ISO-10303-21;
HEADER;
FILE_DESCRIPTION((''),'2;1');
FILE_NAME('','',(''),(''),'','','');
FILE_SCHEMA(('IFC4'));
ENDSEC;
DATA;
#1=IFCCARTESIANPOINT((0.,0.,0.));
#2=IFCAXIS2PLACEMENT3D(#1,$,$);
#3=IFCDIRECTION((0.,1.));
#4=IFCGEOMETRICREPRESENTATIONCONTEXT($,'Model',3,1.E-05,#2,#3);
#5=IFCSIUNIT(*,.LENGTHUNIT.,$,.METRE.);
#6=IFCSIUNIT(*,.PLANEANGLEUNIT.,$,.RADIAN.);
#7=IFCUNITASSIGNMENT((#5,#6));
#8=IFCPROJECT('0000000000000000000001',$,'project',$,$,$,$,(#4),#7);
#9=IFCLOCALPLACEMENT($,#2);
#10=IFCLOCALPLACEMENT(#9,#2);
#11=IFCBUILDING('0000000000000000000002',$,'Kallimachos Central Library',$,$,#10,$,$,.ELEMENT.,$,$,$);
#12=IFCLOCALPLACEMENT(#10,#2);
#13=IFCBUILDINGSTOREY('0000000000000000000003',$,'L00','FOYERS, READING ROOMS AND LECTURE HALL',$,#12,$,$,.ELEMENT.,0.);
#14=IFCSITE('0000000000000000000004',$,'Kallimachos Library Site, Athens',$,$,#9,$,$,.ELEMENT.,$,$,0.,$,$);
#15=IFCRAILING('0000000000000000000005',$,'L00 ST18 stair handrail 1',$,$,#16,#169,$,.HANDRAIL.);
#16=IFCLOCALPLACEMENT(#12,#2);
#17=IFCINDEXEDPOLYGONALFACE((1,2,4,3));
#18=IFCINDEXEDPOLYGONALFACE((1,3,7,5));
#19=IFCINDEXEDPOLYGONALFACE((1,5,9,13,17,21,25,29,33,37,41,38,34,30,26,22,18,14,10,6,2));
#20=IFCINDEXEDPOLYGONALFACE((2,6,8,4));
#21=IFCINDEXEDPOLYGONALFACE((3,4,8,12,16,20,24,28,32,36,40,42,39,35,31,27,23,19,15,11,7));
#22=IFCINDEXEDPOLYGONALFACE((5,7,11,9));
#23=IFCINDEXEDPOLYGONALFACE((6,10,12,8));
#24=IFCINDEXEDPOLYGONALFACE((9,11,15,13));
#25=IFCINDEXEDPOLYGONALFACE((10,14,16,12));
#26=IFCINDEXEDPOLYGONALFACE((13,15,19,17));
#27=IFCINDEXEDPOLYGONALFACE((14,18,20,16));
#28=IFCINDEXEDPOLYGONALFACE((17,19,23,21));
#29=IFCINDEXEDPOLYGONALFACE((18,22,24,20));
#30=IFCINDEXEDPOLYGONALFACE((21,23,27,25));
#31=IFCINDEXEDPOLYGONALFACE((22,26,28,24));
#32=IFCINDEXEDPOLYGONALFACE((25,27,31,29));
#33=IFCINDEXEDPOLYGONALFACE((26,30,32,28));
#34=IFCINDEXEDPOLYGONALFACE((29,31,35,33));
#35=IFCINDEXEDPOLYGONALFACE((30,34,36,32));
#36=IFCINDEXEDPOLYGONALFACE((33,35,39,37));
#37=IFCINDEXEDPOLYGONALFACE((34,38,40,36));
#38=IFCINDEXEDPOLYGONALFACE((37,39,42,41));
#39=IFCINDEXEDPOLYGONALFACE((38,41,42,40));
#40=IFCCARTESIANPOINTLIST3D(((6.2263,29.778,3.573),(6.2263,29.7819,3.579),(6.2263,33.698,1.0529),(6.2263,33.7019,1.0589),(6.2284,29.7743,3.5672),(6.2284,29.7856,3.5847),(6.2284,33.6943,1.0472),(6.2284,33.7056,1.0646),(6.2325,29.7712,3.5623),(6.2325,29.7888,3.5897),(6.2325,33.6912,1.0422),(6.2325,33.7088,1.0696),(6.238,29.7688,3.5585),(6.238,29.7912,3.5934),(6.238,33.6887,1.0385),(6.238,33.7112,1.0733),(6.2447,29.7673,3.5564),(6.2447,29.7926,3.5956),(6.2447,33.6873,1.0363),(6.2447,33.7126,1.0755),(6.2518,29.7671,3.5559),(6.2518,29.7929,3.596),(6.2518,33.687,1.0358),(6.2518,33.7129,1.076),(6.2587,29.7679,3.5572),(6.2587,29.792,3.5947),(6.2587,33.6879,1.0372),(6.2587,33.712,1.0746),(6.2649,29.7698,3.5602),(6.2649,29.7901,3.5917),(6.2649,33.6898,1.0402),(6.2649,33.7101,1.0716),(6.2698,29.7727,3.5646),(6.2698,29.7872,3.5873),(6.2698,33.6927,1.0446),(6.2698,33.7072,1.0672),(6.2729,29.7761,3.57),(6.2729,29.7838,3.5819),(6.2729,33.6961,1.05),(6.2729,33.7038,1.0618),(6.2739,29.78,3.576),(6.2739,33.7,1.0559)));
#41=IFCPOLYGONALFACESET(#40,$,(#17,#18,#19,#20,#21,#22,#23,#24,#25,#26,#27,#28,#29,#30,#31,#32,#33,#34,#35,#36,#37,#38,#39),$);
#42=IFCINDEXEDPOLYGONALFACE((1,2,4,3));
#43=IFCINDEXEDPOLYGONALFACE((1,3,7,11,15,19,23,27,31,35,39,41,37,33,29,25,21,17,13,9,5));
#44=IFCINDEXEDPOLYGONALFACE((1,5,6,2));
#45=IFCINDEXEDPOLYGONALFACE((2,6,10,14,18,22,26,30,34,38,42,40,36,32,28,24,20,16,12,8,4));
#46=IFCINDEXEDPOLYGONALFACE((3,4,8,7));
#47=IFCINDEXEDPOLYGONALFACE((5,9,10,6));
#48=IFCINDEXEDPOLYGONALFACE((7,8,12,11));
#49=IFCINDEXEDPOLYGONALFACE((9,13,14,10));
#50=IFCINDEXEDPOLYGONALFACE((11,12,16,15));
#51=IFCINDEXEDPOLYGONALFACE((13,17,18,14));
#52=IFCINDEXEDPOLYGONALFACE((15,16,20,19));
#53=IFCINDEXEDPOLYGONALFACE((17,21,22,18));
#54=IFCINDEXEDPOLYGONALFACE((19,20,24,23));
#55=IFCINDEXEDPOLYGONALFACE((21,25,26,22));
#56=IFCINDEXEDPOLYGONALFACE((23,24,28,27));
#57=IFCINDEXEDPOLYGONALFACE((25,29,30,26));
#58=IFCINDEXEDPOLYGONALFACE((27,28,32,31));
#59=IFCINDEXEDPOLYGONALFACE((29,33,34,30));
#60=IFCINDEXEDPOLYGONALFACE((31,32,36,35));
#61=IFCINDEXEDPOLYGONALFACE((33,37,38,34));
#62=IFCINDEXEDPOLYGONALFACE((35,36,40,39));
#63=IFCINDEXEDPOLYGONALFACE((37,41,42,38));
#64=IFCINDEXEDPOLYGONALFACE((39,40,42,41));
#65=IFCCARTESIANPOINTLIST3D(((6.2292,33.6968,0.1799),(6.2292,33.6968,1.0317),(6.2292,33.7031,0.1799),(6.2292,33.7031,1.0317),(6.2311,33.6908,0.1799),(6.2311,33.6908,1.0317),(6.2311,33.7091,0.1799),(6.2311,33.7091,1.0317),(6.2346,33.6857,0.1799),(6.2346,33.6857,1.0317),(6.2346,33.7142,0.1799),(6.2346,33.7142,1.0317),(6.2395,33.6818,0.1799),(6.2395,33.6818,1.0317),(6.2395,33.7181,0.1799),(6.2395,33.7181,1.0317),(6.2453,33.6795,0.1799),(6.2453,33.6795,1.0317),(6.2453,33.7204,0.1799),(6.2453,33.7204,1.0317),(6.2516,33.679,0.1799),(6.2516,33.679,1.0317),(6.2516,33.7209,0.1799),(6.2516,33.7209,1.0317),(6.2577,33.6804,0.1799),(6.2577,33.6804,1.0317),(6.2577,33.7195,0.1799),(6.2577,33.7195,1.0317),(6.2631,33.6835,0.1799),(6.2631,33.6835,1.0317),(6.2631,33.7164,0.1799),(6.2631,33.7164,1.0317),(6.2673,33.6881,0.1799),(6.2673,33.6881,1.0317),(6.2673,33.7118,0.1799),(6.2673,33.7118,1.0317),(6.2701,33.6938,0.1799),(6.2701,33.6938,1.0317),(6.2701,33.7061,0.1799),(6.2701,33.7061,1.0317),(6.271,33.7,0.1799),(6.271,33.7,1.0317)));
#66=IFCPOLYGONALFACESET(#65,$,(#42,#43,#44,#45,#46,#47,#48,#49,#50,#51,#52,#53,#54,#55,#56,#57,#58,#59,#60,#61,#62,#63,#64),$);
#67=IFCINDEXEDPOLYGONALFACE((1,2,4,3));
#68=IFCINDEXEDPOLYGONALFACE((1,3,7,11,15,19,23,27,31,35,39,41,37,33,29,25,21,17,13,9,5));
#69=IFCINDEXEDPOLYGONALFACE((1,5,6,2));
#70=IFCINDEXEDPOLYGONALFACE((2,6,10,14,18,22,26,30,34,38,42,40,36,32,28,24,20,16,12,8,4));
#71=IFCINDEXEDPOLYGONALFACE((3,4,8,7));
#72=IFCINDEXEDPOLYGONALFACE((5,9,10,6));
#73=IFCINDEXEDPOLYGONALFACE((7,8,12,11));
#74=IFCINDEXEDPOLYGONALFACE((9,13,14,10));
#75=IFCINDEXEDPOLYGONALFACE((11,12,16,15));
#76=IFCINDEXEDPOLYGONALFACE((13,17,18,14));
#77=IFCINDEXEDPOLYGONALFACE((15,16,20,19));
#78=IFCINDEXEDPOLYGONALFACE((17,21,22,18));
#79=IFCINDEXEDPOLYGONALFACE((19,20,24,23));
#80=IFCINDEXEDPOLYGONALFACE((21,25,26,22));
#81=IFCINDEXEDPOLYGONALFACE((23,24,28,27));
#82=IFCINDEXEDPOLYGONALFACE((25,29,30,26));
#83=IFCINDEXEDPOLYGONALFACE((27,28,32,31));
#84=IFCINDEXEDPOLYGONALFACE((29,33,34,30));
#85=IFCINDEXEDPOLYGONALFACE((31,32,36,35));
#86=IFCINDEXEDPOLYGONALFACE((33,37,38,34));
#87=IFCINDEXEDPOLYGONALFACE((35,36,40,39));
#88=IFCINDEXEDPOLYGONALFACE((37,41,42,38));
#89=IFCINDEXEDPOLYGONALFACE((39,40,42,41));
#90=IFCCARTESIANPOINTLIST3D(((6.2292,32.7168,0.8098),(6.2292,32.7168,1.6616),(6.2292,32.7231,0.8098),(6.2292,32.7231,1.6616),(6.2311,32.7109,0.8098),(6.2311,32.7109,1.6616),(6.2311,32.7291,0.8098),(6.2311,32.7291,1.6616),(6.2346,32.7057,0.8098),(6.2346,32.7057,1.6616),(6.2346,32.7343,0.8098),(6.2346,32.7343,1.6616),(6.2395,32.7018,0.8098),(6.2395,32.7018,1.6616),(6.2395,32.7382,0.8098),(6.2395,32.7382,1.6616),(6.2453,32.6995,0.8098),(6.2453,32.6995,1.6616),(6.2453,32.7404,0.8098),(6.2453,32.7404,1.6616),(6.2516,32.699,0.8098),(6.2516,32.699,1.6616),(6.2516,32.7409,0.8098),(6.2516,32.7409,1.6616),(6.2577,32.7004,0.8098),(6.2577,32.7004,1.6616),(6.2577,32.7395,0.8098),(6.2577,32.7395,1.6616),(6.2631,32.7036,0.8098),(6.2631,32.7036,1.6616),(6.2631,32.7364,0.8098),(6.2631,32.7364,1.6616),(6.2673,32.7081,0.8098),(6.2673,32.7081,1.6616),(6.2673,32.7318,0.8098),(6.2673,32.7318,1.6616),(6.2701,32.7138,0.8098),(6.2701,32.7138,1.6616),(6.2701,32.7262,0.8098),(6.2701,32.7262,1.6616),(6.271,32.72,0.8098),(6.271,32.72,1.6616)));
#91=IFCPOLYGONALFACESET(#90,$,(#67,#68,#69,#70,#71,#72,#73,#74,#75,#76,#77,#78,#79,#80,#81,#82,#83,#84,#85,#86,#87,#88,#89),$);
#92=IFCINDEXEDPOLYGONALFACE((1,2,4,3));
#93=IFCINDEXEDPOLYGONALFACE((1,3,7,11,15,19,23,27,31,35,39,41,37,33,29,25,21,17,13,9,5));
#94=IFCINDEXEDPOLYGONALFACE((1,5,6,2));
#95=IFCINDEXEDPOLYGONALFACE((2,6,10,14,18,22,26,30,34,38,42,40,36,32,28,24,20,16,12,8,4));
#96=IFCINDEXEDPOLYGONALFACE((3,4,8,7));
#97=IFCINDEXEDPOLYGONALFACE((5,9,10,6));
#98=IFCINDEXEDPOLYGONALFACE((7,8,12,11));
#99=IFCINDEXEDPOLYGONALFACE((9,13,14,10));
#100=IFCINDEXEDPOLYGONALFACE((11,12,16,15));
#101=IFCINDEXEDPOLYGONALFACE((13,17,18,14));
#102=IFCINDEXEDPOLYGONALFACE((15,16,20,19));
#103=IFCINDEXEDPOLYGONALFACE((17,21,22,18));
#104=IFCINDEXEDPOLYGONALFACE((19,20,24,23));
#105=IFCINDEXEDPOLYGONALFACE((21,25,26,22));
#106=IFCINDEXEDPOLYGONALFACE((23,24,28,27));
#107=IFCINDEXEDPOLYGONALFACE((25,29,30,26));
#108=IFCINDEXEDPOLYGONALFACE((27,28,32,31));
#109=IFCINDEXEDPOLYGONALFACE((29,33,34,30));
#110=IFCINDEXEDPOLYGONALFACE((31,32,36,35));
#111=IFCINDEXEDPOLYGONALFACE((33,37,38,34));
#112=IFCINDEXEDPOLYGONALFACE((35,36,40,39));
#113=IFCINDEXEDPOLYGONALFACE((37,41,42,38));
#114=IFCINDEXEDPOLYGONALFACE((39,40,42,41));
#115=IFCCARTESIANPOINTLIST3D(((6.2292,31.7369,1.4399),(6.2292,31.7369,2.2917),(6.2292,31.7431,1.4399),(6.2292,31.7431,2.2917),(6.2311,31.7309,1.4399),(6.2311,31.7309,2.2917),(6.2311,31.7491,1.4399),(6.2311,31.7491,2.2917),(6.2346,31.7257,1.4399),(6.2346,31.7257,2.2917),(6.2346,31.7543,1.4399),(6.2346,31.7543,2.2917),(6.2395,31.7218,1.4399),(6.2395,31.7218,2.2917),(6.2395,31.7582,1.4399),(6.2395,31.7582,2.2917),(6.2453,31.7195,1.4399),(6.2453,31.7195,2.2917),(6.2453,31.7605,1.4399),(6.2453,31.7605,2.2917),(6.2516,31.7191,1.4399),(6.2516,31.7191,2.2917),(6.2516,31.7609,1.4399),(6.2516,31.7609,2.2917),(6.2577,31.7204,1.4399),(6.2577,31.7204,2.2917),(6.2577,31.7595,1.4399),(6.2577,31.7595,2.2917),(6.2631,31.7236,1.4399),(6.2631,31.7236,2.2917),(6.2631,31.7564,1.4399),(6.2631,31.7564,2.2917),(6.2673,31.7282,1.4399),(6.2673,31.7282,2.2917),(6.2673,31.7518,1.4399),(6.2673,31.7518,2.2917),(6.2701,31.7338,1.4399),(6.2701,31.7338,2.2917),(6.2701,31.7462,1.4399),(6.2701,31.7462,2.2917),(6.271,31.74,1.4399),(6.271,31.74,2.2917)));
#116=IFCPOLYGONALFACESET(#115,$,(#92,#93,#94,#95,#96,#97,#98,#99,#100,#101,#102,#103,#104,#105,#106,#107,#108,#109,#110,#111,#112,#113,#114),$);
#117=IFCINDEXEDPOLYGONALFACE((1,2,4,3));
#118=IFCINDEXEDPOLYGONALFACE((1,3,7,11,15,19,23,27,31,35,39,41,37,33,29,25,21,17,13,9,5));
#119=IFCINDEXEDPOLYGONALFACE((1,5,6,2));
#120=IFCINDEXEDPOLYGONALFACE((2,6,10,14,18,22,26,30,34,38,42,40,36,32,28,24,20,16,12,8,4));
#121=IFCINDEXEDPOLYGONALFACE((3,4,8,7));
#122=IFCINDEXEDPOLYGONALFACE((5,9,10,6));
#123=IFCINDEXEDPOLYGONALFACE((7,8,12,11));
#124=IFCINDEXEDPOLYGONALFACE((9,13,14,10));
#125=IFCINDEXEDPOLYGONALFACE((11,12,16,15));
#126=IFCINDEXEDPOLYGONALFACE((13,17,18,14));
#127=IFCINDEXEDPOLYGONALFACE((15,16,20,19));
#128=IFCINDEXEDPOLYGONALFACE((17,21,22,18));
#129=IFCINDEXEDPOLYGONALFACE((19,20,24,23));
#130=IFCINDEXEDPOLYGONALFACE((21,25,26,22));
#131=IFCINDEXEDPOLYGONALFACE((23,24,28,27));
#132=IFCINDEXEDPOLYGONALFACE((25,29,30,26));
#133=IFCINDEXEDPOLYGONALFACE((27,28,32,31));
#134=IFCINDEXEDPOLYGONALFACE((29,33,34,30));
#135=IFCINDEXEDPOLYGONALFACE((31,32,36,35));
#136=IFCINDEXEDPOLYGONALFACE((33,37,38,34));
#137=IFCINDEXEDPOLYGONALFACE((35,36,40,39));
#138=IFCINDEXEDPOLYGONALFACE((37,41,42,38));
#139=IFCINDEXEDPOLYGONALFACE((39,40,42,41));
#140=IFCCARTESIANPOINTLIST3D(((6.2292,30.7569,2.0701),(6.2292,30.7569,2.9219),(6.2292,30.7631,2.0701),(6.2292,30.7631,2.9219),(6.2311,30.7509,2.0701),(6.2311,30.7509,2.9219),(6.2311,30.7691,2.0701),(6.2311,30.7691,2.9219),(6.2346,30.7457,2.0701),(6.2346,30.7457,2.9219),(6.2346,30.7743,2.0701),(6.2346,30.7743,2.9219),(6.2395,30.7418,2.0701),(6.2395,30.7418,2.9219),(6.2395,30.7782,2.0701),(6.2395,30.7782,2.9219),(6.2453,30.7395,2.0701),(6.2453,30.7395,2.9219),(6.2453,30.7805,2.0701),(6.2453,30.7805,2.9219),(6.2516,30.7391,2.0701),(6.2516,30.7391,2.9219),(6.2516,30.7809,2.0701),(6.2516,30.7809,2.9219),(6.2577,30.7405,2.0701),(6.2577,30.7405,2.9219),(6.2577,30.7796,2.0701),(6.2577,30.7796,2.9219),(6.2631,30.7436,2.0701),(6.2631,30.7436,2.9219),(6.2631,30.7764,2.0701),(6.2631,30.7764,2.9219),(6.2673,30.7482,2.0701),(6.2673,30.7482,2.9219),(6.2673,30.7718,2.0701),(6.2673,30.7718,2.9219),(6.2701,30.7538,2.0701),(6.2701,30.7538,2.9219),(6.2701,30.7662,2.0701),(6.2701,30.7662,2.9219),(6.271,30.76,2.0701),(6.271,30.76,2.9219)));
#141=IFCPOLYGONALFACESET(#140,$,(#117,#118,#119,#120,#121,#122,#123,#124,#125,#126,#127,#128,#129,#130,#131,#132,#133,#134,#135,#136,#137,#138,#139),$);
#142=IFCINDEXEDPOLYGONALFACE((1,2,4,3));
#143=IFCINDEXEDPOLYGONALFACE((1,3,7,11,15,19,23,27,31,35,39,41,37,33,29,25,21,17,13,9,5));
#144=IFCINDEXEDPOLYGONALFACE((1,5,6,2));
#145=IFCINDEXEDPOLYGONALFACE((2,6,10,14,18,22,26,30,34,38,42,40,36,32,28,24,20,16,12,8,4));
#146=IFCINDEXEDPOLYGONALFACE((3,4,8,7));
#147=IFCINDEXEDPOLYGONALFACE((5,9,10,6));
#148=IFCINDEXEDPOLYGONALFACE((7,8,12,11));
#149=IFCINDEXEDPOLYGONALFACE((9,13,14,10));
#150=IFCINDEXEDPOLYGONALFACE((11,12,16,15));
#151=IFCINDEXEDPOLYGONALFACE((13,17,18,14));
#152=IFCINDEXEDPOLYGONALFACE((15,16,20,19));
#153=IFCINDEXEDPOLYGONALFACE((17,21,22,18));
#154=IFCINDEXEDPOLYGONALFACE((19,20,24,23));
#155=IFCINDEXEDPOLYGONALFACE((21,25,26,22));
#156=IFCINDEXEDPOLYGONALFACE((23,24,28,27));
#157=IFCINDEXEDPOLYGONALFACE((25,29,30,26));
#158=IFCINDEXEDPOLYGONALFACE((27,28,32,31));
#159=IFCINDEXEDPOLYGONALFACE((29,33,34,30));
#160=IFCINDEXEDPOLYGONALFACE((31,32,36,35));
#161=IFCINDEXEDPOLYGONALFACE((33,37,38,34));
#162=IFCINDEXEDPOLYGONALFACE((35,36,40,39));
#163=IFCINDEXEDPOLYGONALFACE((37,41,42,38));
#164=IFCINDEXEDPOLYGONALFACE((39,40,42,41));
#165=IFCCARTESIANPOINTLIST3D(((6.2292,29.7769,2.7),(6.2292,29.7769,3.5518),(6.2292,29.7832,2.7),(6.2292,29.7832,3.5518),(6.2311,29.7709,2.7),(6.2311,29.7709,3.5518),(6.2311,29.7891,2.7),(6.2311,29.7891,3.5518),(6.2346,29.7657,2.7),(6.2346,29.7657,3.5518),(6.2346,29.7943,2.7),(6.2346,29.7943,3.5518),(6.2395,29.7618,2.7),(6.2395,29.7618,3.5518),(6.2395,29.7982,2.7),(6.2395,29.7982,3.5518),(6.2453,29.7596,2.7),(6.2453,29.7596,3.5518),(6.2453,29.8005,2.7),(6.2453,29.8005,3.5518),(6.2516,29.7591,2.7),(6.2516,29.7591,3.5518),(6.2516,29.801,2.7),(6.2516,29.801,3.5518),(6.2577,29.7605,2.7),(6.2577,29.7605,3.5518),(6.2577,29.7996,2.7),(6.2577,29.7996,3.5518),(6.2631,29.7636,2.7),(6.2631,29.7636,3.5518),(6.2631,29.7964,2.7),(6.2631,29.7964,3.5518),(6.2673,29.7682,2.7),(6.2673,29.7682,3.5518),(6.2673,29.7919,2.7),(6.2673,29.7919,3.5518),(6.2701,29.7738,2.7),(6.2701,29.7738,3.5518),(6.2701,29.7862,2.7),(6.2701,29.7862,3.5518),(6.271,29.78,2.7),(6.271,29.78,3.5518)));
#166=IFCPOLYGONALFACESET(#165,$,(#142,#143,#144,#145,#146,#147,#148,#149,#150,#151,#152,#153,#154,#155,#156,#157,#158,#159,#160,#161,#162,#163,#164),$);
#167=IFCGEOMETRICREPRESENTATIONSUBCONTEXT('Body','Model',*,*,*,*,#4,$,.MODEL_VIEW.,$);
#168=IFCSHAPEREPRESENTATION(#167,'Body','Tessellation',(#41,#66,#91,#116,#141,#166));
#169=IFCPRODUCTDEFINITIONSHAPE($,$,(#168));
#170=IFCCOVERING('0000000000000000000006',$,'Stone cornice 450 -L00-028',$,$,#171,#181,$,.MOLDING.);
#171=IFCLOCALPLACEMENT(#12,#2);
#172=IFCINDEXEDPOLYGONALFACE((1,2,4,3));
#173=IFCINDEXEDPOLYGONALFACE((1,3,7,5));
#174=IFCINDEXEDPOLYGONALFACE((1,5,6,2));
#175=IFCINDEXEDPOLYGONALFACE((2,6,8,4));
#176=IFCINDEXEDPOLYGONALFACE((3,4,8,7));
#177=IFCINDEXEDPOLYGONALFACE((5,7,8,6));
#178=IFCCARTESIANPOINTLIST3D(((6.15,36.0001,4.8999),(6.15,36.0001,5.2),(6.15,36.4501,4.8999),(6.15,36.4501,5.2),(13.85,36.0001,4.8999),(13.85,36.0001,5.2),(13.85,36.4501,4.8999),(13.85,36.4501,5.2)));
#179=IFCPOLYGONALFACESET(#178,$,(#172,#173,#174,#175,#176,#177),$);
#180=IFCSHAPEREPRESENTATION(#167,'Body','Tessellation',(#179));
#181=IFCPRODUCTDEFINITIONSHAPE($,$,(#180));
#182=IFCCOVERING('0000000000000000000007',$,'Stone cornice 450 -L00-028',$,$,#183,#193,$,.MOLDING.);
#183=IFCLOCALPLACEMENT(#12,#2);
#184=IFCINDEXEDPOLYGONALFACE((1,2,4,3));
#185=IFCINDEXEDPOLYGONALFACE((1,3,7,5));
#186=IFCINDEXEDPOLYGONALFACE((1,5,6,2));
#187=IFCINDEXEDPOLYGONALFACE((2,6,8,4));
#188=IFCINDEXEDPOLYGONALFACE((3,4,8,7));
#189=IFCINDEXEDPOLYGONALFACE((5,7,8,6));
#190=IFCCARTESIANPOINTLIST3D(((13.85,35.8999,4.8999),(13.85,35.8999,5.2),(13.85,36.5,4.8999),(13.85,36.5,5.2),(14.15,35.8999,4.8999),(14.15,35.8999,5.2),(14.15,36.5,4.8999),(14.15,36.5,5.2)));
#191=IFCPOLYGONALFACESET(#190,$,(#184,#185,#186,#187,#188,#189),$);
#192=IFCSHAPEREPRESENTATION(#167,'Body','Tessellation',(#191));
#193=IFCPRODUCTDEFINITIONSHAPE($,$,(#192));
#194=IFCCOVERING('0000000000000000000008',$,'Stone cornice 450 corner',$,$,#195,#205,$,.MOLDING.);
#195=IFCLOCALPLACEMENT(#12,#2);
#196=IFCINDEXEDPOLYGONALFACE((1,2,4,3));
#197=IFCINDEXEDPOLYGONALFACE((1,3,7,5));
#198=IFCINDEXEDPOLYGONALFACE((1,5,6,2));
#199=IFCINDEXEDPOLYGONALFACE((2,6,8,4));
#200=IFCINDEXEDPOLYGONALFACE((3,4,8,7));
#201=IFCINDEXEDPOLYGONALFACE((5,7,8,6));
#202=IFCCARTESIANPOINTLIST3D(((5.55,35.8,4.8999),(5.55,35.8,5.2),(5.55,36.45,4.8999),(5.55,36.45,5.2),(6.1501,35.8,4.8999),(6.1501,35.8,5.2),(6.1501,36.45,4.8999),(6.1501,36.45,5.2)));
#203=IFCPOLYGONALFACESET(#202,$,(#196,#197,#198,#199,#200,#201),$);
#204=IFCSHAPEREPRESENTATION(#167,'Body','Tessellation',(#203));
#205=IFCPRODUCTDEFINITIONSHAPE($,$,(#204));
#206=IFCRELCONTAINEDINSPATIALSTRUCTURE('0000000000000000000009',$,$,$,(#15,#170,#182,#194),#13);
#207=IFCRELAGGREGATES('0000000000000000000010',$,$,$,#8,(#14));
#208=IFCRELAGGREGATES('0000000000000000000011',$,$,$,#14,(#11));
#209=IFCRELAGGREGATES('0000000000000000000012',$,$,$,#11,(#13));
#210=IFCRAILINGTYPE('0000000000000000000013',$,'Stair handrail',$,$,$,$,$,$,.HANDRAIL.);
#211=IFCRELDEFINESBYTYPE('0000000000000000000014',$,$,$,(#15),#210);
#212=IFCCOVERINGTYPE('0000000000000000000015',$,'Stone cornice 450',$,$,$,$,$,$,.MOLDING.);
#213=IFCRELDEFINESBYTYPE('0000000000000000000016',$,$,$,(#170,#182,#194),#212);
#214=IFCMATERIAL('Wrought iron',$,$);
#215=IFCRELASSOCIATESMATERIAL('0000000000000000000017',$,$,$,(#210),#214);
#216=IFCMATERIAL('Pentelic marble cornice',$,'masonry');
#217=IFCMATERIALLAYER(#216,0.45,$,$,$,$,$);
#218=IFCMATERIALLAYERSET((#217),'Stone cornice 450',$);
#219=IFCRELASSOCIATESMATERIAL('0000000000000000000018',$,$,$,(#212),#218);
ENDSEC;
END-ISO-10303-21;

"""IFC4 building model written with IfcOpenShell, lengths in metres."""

from ifc_helpers import new_model, si_unit, direction, frame, origin, origin_2d, place, context, subcontext, project, spatial, rectangle, circle, extrude, material, layer, layer_set, type_object, element, save


model = new_model("IFC4")

# Units and contexts
model_context = context("Model", 3, precision=1e-05, world=origin(), true_north=direction((0.0, 1.0)))
body_context = subcontext(model_context, "Body", "Model", "MODEL_VIEW")
ifc_project = project(units=[si_unit("LENGTHUNIT", "METRE"), si_unit("PLANEANGLEUNIT", "RADIAN")], contexts=[model_context])

# Site, building, storey
site_placement = place(None, origin())
site = spatial("IfcSite", under=ifc_project, at=site_placement, Name="Kallimachos Library Site, Athens", CompositionType="ELEMENT", RefElevation=0.0)
building_placement = place(site_placement, origin())
building = spatial("IfcBuilding", under=site, at=building_placement, Name="Kallimachos Central Library", CompositionType="ELEMENT")
storey_placement = place(building_placement, origin())
storey = spatial("IfcBuildingStorey", under=building, at=storey_placement, Name="L00", Description="FOYERS, READING ROOMS AND LECTURE HALL", CompositionType="ELEMENT", Elevation=0.0)

# Railing
ifc_material_1 = material(Name="Wrought iron")
railing_type_1 = type_object("IfcRailingType", Name="Stair handrail", PredefinedType="HANDRAIL", material=ifc_material_1)
railing_1_placement = place(storey_placement, frame((6.25, 33.7, 0.1799)))
element("IfcRailing", 1, at=railing_1_placement, inside=storey, type_object=railing_type_1, Name="L00 ST18 stair handrail 1", PredefinedType="HANDRAIL", context=body_context, shape_type="SweptSolid", body=[
    extrude(circle(Radius=0.0239, at=origin_2d()), frame((0.0, 0.0, 0.876), z_axis=(0.0, -0.841172, 0.540768), x_axis=(1.0, 0.0, 0.0)), (0.0, 0.0, 1.0), 4.6602),
    extrude(circle(Radius=0.021, at=origin_2d()), origin(), (0.0, 0.0, 1.0), 0.8518),
    extrude(circle(Radius=0.021, at=origin_2d()), frame((0.0, -0.98, 0.6299)), (0.0, 0.0, 1.0), 0.8518),
    extrude(circle(Radius=0.021, at=origin_2d()), frame((0.0, -1.96, 1.26)), (0.0, 0.0, 1.0), 0.8518),
    extrude(circle(Radius=0.021, at=origin_2d()), frame((0.0, -2.9399, 1.8901)), (0.0, 0.0, 1.0), 0.8518),
    extrude(circle(Radius=0.021, at=origin_2d()), frame((0.0, -3.9199, 2.52)), (0.0, 0.0, 1.0), 0.8518),
])

# Coverings
ifc_material_2 = material(Name="Pentelic marble cornice", Category="masonry")
ifc_layer_1 = layer(ifc_material_2, 0.45)
ifc_layer_set_1 = layer_set([ifc_layer_1], Name="Stone cornice 450")
covering_type_1 = type_object("IfcCoveringType", Name="Stone cornice 450", PredefinedType="MOLDING", material=ifc_layer_set_1)
covering_1_placement = place(storey_placement, frame((10.0, 36.2251, 4.8999), z_axis=(0.0, 0.0, 1.0), x_axis=(1.0, 0.0, 0.0)))
element("IfcCovering", 2, at=covering_1_placement, inside=storey, type_object=covering_type_1, Name="Stone cornice 450 -L00-028", PredefinedType="MOLDING", context=body_context, shape_type="SweptSolid", body=[
    extrude(rectangle(XDim=7.7, YDim=0.45, at=origin_2d()), origin(), (0.0, 0.0, 1.0), 0.3),
])
covering_2_placement = place(storey_placement, frame((14.0, 36.2, 4.8999), z_axis=(0.0, 0.0, 1.0), x_axis=(1.0, 0.0, 0.0)))
element("IfcCovering", 3, at=covering_2_placement, inside=storey, type_object=covering_type_1, Name="Stone cornice 450 -L00-028", PredefinedType="MOLDING", context=body_context, shape_type="SweptSolid", body=[
    extrude(rectangle(XDim=0.3, YDim=0.6001, at=origin_2d()), origin(), (0.0, 0.0, 1.0), 0.3),
])
covering_3_placement = place(storey_placement, frame((5.8501, 36.125, 4.8999), z_axis=(0.0, 0.0, 1.0), x_axis=(1.0, 0.0, 0.0)))
element("IfcCovering", 4, at=covering_3_placement, inside=storey, type_object=covering_type_1, Name="Stone cornice 450 corner", PredefinedType="MOLDING", context=body_context, shape_type="SweptSolid", body=[
    extrude(rectangle(XDim=0.6001, YDim=0.6499, at=origin_2d()), origin(), (0.0, 0.0, 1.0), 0.3),
])

save(model, "model.ifc")
